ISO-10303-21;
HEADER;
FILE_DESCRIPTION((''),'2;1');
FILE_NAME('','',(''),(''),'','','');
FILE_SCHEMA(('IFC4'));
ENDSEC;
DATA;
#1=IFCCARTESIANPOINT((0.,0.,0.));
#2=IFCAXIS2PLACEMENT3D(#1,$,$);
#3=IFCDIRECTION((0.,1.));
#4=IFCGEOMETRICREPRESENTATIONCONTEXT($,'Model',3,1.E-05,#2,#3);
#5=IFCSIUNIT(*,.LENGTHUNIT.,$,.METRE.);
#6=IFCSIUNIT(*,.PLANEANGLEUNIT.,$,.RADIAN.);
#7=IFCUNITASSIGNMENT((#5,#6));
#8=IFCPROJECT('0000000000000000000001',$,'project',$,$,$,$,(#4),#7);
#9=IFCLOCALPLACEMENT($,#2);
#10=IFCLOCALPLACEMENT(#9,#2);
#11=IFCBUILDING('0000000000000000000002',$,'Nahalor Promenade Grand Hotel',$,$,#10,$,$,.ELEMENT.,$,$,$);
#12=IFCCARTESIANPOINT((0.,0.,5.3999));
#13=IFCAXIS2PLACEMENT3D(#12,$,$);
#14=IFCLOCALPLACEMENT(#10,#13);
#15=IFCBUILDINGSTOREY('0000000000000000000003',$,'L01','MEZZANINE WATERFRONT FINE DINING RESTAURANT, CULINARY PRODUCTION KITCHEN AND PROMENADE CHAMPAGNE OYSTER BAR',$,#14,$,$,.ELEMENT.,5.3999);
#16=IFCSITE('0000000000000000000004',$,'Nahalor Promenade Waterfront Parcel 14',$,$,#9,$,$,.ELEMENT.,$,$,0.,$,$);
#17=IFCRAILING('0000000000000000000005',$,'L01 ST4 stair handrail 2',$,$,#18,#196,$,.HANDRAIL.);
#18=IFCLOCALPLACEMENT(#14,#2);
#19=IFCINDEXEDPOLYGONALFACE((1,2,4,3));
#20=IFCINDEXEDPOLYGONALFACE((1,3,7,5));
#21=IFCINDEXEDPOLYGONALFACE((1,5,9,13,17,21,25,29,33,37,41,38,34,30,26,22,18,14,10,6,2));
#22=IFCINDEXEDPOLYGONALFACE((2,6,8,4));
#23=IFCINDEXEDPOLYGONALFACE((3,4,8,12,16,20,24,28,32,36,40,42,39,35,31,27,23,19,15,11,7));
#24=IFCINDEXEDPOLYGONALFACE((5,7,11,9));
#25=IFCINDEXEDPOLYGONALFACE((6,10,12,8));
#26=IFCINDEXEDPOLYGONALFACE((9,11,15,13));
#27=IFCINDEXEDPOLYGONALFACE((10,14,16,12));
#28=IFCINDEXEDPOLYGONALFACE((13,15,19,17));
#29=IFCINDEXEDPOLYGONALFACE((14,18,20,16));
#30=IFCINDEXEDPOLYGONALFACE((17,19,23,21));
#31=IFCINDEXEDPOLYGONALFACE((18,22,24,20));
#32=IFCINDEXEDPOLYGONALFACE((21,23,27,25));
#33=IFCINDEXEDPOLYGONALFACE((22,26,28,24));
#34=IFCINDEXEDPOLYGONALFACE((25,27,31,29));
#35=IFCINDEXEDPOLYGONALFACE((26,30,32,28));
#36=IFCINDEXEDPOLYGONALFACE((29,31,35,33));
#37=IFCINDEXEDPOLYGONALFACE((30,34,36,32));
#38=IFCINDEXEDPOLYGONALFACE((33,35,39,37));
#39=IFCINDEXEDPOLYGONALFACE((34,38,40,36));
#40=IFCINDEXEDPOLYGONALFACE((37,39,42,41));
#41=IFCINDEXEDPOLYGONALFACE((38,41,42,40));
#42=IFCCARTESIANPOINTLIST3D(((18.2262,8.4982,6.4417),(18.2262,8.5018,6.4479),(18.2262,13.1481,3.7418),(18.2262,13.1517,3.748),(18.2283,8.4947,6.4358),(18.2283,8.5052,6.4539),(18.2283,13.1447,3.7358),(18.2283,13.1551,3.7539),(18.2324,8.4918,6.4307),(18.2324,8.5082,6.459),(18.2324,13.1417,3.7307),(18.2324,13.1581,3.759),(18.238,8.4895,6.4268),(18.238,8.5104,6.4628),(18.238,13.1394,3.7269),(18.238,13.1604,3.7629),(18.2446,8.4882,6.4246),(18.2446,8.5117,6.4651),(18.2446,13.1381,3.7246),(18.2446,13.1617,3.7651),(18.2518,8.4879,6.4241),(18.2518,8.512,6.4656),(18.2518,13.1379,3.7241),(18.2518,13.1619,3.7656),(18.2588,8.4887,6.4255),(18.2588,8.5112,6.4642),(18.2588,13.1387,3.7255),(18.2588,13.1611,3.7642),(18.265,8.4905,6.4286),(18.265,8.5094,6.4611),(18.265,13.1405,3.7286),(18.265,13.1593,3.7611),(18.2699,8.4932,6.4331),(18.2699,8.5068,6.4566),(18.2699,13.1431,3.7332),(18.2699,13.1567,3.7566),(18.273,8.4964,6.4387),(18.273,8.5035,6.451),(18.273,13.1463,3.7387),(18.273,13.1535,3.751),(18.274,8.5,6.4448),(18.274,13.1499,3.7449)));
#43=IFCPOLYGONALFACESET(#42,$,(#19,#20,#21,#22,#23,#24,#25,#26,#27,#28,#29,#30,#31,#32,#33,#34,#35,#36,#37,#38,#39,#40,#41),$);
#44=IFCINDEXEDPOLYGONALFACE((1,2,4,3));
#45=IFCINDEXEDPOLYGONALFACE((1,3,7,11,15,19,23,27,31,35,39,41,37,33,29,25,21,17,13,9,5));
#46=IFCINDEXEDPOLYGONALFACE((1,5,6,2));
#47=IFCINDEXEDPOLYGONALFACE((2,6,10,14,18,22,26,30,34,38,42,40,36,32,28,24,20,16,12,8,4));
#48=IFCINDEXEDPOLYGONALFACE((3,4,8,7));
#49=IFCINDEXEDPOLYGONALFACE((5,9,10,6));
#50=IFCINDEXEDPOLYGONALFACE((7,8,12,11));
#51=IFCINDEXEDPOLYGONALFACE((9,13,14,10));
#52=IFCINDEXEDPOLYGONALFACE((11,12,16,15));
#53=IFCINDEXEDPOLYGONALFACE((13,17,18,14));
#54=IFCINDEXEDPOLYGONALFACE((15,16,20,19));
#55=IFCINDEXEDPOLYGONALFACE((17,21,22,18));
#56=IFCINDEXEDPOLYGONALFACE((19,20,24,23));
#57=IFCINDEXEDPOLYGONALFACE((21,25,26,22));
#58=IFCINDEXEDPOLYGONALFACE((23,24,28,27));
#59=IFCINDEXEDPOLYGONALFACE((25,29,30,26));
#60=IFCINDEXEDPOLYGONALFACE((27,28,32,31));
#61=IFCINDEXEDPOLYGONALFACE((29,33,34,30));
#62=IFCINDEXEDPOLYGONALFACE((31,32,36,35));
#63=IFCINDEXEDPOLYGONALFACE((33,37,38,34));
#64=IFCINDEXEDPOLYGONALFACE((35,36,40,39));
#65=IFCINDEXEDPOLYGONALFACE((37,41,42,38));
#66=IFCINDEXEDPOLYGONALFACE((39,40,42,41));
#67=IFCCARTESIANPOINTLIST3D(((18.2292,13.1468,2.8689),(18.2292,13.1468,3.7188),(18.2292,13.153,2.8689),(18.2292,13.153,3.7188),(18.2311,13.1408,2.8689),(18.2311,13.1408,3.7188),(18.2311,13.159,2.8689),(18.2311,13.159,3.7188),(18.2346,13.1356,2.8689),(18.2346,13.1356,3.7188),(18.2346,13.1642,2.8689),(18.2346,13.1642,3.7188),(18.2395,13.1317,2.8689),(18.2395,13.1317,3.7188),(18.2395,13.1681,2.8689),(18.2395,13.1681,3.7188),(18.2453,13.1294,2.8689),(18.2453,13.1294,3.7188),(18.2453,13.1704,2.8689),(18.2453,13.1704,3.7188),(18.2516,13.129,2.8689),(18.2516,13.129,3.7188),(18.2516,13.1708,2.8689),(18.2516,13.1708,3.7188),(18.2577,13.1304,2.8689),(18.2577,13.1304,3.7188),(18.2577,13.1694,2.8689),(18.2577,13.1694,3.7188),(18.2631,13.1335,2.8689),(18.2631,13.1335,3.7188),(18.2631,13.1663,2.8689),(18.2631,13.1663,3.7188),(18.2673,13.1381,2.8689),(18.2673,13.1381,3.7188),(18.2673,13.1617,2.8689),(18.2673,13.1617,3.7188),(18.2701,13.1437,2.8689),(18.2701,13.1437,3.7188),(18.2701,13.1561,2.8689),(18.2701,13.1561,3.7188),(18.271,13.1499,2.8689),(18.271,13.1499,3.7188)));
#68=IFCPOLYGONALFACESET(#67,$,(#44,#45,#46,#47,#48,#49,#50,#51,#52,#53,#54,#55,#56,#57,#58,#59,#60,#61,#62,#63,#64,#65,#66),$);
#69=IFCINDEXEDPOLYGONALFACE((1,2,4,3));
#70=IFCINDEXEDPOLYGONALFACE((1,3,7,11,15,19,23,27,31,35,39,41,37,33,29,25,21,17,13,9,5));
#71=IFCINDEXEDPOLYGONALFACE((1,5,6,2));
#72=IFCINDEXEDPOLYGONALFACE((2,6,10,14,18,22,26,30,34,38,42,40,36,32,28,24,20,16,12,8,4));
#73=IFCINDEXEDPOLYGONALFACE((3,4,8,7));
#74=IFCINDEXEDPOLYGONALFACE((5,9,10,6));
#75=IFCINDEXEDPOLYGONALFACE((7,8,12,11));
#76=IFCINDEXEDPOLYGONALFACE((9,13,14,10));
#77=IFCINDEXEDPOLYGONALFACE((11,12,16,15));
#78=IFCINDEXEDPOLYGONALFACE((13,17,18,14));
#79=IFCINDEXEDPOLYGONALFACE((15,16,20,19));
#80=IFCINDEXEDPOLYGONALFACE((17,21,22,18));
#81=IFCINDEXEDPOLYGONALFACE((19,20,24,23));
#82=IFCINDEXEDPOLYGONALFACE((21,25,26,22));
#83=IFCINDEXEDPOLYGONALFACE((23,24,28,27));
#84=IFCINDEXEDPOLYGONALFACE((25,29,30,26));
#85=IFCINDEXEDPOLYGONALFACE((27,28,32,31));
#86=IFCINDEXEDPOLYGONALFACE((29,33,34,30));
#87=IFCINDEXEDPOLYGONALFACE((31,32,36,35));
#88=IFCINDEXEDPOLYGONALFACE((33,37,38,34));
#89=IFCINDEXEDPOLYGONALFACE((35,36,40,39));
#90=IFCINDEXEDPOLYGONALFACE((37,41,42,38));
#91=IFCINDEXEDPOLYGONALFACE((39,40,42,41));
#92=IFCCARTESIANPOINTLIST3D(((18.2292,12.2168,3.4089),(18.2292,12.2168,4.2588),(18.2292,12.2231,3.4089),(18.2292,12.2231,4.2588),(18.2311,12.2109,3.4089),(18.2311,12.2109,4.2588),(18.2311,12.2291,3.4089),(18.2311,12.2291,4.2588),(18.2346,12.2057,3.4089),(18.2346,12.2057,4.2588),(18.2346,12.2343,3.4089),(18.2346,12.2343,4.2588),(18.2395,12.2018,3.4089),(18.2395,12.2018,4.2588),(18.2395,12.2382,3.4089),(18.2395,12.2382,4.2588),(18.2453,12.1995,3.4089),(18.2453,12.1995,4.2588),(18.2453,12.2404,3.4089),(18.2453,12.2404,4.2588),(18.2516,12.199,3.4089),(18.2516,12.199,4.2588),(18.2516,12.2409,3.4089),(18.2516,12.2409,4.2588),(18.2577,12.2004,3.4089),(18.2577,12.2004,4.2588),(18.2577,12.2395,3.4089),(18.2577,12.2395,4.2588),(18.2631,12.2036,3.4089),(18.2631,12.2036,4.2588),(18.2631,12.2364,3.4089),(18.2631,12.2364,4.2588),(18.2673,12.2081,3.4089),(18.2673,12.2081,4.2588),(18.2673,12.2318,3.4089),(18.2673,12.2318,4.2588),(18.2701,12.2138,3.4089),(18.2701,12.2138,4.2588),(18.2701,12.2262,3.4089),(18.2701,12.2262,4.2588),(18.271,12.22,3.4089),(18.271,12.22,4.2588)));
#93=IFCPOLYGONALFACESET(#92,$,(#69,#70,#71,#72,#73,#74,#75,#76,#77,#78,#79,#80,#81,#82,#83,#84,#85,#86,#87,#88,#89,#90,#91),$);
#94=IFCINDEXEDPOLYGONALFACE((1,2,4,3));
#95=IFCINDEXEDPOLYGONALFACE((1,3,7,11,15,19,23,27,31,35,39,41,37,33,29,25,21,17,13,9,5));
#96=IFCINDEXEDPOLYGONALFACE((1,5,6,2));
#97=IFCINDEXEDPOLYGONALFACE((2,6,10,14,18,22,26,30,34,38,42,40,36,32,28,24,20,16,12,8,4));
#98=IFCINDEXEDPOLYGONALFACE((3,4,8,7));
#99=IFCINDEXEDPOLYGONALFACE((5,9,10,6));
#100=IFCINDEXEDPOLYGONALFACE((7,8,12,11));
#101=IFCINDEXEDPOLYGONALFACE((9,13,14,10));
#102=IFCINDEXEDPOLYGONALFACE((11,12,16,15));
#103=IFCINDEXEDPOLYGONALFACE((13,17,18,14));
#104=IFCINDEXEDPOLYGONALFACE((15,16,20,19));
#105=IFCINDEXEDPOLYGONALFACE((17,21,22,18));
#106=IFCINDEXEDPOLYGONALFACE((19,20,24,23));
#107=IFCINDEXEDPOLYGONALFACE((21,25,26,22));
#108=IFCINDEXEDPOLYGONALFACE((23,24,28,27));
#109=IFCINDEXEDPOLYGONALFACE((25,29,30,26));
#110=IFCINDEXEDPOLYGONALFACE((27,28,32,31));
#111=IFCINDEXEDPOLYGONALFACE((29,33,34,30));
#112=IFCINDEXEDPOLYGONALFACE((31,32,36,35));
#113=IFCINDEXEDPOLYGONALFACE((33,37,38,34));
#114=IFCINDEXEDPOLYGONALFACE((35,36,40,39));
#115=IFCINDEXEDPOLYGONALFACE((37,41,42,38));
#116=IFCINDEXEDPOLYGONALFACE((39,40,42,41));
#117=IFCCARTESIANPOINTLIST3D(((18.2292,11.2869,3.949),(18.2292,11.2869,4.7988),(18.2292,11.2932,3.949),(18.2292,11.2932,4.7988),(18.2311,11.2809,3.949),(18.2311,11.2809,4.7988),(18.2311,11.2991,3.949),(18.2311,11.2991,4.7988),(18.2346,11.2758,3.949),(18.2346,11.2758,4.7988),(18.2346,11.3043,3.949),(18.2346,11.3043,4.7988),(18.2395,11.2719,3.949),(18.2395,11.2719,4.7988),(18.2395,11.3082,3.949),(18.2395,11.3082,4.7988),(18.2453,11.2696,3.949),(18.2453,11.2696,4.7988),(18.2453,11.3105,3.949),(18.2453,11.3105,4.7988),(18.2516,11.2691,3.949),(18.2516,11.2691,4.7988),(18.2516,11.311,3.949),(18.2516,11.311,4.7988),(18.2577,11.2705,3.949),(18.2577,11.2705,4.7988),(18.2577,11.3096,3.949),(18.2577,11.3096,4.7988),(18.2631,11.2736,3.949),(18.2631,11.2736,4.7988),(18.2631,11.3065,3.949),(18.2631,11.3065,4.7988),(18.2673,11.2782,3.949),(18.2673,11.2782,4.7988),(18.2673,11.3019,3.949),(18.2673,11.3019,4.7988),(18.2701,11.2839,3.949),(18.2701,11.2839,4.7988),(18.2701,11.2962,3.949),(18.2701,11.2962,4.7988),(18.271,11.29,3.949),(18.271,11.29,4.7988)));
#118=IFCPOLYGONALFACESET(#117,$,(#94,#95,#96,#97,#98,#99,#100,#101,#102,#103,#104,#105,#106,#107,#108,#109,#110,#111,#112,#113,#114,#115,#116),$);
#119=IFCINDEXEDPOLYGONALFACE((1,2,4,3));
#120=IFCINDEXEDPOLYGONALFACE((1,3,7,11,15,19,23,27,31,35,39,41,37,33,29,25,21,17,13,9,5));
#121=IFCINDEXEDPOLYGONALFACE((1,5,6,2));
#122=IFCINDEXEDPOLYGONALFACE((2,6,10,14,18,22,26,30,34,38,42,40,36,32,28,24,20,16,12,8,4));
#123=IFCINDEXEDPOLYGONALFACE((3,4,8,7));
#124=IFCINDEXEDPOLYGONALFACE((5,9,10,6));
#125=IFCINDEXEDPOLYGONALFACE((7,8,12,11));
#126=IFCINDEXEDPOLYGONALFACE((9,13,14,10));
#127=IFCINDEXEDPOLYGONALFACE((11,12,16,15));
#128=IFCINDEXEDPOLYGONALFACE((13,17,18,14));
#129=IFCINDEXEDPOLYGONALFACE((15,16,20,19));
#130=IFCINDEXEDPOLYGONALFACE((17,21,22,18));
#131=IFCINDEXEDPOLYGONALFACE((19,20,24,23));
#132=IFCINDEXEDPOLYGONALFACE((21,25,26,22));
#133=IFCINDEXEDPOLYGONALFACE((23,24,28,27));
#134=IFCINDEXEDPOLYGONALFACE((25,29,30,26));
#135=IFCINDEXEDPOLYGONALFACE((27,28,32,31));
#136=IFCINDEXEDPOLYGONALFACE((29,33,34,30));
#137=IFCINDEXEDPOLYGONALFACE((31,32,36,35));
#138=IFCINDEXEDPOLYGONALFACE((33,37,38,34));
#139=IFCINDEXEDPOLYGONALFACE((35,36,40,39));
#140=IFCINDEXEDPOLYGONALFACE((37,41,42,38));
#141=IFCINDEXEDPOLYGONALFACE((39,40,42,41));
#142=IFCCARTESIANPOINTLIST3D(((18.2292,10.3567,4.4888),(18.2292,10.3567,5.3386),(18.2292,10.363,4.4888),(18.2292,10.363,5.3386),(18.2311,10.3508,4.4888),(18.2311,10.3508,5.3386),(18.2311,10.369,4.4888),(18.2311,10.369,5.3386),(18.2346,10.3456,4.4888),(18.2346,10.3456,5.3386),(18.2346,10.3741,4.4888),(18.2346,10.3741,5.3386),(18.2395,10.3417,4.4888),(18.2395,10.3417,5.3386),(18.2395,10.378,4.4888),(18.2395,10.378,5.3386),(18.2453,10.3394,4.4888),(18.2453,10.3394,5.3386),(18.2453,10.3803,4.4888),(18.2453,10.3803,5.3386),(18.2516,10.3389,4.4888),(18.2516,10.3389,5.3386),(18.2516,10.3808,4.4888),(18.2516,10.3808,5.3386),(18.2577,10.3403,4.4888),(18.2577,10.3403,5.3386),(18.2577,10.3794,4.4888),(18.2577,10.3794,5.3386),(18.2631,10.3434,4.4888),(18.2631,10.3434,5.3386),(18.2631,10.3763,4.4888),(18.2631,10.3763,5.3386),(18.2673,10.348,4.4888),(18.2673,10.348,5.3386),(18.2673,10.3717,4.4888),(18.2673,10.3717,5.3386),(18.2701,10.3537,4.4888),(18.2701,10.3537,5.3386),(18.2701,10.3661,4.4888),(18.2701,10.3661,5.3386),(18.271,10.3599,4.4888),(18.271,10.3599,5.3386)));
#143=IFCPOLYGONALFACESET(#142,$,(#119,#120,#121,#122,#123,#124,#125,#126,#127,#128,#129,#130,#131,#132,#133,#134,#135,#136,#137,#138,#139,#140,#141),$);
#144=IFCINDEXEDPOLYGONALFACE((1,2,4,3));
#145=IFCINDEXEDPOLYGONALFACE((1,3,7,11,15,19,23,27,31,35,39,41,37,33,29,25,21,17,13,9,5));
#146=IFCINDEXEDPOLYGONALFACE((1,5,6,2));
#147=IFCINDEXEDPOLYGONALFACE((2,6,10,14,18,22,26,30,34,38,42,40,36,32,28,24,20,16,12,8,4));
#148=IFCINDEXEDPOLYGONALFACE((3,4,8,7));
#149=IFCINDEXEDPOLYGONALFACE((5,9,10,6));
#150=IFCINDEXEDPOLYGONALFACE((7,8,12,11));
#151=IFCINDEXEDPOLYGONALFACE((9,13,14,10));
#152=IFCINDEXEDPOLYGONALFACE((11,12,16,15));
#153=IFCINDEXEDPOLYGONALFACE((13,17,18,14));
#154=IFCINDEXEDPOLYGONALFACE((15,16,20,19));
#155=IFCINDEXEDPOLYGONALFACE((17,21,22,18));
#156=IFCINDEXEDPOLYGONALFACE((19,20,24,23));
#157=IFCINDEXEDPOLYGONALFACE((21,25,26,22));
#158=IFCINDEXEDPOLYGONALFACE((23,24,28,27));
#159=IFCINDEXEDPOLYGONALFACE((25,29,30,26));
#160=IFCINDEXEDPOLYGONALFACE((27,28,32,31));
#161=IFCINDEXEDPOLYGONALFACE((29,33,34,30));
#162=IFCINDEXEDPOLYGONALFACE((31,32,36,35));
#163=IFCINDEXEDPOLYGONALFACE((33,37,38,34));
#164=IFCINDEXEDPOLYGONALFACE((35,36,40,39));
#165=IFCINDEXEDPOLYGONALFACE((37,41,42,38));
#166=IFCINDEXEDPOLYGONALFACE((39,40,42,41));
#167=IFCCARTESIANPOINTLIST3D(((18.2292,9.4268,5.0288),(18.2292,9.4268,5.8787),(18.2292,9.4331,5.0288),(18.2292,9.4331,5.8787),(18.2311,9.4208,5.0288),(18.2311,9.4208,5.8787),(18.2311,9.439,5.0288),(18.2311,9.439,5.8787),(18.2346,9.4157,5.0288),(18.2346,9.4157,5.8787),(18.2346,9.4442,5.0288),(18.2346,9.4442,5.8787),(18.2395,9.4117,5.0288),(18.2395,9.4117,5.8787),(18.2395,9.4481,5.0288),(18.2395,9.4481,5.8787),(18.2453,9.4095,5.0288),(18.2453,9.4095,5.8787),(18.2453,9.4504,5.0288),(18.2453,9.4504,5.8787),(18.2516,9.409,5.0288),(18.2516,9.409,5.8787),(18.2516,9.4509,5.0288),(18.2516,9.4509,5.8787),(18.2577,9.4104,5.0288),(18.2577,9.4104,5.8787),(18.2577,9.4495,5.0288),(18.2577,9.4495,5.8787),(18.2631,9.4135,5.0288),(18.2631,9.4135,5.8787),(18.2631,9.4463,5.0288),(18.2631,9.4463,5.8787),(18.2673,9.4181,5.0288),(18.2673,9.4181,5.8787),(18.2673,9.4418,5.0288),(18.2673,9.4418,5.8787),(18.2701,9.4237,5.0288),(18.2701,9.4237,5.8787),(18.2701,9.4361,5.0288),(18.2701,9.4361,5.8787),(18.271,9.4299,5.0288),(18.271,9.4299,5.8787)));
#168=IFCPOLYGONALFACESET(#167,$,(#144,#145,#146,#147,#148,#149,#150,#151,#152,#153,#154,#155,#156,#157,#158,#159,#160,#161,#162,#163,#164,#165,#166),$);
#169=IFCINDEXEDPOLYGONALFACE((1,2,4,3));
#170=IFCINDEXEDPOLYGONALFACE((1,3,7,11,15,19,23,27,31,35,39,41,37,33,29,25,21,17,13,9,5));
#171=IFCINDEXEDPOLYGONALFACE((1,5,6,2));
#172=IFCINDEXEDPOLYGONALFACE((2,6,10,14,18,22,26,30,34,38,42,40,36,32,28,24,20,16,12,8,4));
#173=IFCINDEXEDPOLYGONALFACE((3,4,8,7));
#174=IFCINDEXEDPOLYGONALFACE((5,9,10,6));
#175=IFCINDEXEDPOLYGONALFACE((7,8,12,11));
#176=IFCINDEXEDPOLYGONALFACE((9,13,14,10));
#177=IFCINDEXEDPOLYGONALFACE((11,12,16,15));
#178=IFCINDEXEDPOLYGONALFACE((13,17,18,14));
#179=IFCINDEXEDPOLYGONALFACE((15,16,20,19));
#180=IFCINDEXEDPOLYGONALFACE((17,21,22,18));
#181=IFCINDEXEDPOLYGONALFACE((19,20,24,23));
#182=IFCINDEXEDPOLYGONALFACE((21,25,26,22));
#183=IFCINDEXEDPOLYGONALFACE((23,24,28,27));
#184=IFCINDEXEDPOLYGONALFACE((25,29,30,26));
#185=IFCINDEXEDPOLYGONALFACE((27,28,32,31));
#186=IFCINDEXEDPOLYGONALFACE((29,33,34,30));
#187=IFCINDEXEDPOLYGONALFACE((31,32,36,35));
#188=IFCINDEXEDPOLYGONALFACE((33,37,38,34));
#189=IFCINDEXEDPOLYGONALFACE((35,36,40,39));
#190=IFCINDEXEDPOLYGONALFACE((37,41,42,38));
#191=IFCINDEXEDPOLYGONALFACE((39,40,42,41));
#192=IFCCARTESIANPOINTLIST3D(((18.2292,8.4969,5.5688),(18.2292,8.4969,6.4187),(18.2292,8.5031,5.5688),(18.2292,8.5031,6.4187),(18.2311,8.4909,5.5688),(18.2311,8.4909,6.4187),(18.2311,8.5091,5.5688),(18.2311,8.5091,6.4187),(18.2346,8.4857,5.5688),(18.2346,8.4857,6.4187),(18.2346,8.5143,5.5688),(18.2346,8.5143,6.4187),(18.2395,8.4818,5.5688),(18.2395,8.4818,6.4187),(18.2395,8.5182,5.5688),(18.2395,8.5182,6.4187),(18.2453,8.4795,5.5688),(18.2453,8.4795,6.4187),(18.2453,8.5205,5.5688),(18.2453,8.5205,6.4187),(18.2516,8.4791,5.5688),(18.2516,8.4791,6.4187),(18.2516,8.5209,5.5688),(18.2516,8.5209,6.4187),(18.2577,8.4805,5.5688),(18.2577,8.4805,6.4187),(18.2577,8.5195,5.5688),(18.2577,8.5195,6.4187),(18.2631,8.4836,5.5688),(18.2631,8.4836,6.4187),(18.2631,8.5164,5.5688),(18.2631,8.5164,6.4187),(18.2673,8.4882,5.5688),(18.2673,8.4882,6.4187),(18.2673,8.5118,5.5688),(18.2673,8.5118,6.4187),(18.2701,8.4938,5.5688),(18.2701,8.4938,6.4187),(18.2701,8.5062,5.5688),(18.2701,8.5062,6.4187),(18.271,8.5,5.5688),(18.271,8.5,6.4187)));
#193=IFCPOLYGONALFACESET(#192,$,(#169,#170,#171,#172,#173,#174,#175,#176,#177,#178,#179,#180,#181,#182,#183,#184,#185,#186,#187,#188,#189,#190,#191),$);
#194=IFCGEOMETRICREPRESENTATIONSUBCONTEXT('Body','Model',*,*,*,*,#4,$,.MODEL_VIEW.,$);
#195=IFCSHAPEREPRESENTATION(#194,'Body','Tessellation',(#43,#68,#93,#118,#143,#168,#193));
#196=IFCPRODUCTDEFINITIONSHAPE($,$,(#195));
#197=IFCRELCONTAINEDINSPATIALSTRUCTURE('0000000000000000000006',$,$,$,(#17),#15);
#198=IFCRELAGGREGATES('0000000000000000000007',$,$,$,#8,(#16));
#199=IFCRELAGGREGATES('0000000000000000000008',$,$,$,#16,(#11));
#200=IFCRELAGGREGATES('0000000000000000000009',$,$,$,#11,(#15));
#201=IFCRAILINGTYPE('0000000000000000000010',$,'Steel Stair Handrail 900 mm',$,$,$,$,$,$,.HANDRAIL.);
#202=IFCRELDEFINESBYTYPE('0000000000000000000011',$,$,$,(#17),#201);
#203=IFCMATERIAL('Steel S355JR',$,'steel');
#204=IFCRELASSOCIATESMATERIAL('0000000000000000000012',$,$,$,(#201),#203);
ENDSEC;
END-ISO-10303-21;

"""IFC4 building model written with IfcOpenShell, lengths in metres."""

from ifc_helpers import new_model, si_unit, direction, frame, origin, origin_2d, place, context, subcontext, project, spatial, circle, extrude, material, type_object, element, save


model = new_model("IFC4")

# Units and contexts
model_context = context("Model", 3, precision=1e-05, world=origin(), true_north=direction((0.0, 1.0)))
body_context = subcontext(model_context, "Body", "Model", "MODEL_VIEW")
ifc_project = project(units=[si_unit("LENGTHUNIT", "METRE"), si_unit("PLANEANGLEUNIT", "RADIAN")], contexts=[model_context])

# Site, building, storey
site_placement = place(None, origin())
site = spatial("IfcSite", under=ifc_project, at=site_placement, Name="Nahalor Promenade Waterfront Parcel 14", CompositionType="ELEMENT", RefElevation=0.0)
building_placement = place(site_placement, origin())
building = spatial("IfcBuilding", under=site, at=building_placement, Name="Nahalor Promenade Grand Hotel", CompositionType="ELEMENT")
storey_placement = place(building_placement, frame((0.0, 0.0, 5.3999)))
storey = spatial("IfcBuildingStorey", under=building, at=storey_placement, Name="L01", Description="MEZZANINE WATERFRONT FINE DINING RESTAURANT, CULINARY PRODUCTION KITCHEN AND PROMENADE CHAMPAGNE OYSTER BAR", CompositionType="ELEMENT", Elevation=5.3999)

# Shared definitions
ifc_material_1 = material(Name="Steel S355JR", Category="steel")

# Railing
railing_type_1 = type_object("IfcRailingType", Name="Steel Stair Handrail 900 mm", PredefinedType="HANDRAIL", material=ifc_material_1)
railing_1_placement = place(storey_placement, frame((18.25, 13.1499, 2.8689)))
element("IfcRailing", 1, at=railing_1_placement, inside=storey, type_object=railing_type_1, Name="L01 ST4 stair handrail 2", PredefinedType="HANDRAIL", context=body_context, shape_type="SweptSolid", body=[
    extrude(circle(Radius=0.024, at=origin_2d()), frame((0.0, 0.0, 0.876), z_axis=(0.0, -0.864788, 0.502137), x_axis=(1.0, 0.0, 0.0)), (0.0, 0.0, 1.0), 5.377),
    extrude(circle(Radius=0.021, at=origin_2d()), origin(), (0.0, 0.0, 1.0), 0.8499),
    extrude(circle(Radius=0.021, at=origin_2d()), frame((0.0, -0.9299, 0.54)), (0.0, 0.0, 1.0), 0.8499),
    extrude(circle(Radius=0.021, at=origin_2d()), frame((0.0, -1.8599, 1.0801)), (0.0, 0.0, 1.0), 0.8499),
    extrude(circle(Radius=0.021, at=origin_2d()), frame((0.0, -2.79, 1.6199)), (0.0, 0.0, 1.0), 0.8499),
    extrude(circle(Radius=0.021, at=origin_2d()), frame((0.0, -3.72, 2.1599)), (0.0, 0.0, 1.0), 0.8499),
    extrude(circle(Radius=0.021, at=origin_2d()), frame((0.0, -4.6499, 2.7)), (0.0, 0.0, 1.0), 0.8499),
])

save(model, "model.ifc")
